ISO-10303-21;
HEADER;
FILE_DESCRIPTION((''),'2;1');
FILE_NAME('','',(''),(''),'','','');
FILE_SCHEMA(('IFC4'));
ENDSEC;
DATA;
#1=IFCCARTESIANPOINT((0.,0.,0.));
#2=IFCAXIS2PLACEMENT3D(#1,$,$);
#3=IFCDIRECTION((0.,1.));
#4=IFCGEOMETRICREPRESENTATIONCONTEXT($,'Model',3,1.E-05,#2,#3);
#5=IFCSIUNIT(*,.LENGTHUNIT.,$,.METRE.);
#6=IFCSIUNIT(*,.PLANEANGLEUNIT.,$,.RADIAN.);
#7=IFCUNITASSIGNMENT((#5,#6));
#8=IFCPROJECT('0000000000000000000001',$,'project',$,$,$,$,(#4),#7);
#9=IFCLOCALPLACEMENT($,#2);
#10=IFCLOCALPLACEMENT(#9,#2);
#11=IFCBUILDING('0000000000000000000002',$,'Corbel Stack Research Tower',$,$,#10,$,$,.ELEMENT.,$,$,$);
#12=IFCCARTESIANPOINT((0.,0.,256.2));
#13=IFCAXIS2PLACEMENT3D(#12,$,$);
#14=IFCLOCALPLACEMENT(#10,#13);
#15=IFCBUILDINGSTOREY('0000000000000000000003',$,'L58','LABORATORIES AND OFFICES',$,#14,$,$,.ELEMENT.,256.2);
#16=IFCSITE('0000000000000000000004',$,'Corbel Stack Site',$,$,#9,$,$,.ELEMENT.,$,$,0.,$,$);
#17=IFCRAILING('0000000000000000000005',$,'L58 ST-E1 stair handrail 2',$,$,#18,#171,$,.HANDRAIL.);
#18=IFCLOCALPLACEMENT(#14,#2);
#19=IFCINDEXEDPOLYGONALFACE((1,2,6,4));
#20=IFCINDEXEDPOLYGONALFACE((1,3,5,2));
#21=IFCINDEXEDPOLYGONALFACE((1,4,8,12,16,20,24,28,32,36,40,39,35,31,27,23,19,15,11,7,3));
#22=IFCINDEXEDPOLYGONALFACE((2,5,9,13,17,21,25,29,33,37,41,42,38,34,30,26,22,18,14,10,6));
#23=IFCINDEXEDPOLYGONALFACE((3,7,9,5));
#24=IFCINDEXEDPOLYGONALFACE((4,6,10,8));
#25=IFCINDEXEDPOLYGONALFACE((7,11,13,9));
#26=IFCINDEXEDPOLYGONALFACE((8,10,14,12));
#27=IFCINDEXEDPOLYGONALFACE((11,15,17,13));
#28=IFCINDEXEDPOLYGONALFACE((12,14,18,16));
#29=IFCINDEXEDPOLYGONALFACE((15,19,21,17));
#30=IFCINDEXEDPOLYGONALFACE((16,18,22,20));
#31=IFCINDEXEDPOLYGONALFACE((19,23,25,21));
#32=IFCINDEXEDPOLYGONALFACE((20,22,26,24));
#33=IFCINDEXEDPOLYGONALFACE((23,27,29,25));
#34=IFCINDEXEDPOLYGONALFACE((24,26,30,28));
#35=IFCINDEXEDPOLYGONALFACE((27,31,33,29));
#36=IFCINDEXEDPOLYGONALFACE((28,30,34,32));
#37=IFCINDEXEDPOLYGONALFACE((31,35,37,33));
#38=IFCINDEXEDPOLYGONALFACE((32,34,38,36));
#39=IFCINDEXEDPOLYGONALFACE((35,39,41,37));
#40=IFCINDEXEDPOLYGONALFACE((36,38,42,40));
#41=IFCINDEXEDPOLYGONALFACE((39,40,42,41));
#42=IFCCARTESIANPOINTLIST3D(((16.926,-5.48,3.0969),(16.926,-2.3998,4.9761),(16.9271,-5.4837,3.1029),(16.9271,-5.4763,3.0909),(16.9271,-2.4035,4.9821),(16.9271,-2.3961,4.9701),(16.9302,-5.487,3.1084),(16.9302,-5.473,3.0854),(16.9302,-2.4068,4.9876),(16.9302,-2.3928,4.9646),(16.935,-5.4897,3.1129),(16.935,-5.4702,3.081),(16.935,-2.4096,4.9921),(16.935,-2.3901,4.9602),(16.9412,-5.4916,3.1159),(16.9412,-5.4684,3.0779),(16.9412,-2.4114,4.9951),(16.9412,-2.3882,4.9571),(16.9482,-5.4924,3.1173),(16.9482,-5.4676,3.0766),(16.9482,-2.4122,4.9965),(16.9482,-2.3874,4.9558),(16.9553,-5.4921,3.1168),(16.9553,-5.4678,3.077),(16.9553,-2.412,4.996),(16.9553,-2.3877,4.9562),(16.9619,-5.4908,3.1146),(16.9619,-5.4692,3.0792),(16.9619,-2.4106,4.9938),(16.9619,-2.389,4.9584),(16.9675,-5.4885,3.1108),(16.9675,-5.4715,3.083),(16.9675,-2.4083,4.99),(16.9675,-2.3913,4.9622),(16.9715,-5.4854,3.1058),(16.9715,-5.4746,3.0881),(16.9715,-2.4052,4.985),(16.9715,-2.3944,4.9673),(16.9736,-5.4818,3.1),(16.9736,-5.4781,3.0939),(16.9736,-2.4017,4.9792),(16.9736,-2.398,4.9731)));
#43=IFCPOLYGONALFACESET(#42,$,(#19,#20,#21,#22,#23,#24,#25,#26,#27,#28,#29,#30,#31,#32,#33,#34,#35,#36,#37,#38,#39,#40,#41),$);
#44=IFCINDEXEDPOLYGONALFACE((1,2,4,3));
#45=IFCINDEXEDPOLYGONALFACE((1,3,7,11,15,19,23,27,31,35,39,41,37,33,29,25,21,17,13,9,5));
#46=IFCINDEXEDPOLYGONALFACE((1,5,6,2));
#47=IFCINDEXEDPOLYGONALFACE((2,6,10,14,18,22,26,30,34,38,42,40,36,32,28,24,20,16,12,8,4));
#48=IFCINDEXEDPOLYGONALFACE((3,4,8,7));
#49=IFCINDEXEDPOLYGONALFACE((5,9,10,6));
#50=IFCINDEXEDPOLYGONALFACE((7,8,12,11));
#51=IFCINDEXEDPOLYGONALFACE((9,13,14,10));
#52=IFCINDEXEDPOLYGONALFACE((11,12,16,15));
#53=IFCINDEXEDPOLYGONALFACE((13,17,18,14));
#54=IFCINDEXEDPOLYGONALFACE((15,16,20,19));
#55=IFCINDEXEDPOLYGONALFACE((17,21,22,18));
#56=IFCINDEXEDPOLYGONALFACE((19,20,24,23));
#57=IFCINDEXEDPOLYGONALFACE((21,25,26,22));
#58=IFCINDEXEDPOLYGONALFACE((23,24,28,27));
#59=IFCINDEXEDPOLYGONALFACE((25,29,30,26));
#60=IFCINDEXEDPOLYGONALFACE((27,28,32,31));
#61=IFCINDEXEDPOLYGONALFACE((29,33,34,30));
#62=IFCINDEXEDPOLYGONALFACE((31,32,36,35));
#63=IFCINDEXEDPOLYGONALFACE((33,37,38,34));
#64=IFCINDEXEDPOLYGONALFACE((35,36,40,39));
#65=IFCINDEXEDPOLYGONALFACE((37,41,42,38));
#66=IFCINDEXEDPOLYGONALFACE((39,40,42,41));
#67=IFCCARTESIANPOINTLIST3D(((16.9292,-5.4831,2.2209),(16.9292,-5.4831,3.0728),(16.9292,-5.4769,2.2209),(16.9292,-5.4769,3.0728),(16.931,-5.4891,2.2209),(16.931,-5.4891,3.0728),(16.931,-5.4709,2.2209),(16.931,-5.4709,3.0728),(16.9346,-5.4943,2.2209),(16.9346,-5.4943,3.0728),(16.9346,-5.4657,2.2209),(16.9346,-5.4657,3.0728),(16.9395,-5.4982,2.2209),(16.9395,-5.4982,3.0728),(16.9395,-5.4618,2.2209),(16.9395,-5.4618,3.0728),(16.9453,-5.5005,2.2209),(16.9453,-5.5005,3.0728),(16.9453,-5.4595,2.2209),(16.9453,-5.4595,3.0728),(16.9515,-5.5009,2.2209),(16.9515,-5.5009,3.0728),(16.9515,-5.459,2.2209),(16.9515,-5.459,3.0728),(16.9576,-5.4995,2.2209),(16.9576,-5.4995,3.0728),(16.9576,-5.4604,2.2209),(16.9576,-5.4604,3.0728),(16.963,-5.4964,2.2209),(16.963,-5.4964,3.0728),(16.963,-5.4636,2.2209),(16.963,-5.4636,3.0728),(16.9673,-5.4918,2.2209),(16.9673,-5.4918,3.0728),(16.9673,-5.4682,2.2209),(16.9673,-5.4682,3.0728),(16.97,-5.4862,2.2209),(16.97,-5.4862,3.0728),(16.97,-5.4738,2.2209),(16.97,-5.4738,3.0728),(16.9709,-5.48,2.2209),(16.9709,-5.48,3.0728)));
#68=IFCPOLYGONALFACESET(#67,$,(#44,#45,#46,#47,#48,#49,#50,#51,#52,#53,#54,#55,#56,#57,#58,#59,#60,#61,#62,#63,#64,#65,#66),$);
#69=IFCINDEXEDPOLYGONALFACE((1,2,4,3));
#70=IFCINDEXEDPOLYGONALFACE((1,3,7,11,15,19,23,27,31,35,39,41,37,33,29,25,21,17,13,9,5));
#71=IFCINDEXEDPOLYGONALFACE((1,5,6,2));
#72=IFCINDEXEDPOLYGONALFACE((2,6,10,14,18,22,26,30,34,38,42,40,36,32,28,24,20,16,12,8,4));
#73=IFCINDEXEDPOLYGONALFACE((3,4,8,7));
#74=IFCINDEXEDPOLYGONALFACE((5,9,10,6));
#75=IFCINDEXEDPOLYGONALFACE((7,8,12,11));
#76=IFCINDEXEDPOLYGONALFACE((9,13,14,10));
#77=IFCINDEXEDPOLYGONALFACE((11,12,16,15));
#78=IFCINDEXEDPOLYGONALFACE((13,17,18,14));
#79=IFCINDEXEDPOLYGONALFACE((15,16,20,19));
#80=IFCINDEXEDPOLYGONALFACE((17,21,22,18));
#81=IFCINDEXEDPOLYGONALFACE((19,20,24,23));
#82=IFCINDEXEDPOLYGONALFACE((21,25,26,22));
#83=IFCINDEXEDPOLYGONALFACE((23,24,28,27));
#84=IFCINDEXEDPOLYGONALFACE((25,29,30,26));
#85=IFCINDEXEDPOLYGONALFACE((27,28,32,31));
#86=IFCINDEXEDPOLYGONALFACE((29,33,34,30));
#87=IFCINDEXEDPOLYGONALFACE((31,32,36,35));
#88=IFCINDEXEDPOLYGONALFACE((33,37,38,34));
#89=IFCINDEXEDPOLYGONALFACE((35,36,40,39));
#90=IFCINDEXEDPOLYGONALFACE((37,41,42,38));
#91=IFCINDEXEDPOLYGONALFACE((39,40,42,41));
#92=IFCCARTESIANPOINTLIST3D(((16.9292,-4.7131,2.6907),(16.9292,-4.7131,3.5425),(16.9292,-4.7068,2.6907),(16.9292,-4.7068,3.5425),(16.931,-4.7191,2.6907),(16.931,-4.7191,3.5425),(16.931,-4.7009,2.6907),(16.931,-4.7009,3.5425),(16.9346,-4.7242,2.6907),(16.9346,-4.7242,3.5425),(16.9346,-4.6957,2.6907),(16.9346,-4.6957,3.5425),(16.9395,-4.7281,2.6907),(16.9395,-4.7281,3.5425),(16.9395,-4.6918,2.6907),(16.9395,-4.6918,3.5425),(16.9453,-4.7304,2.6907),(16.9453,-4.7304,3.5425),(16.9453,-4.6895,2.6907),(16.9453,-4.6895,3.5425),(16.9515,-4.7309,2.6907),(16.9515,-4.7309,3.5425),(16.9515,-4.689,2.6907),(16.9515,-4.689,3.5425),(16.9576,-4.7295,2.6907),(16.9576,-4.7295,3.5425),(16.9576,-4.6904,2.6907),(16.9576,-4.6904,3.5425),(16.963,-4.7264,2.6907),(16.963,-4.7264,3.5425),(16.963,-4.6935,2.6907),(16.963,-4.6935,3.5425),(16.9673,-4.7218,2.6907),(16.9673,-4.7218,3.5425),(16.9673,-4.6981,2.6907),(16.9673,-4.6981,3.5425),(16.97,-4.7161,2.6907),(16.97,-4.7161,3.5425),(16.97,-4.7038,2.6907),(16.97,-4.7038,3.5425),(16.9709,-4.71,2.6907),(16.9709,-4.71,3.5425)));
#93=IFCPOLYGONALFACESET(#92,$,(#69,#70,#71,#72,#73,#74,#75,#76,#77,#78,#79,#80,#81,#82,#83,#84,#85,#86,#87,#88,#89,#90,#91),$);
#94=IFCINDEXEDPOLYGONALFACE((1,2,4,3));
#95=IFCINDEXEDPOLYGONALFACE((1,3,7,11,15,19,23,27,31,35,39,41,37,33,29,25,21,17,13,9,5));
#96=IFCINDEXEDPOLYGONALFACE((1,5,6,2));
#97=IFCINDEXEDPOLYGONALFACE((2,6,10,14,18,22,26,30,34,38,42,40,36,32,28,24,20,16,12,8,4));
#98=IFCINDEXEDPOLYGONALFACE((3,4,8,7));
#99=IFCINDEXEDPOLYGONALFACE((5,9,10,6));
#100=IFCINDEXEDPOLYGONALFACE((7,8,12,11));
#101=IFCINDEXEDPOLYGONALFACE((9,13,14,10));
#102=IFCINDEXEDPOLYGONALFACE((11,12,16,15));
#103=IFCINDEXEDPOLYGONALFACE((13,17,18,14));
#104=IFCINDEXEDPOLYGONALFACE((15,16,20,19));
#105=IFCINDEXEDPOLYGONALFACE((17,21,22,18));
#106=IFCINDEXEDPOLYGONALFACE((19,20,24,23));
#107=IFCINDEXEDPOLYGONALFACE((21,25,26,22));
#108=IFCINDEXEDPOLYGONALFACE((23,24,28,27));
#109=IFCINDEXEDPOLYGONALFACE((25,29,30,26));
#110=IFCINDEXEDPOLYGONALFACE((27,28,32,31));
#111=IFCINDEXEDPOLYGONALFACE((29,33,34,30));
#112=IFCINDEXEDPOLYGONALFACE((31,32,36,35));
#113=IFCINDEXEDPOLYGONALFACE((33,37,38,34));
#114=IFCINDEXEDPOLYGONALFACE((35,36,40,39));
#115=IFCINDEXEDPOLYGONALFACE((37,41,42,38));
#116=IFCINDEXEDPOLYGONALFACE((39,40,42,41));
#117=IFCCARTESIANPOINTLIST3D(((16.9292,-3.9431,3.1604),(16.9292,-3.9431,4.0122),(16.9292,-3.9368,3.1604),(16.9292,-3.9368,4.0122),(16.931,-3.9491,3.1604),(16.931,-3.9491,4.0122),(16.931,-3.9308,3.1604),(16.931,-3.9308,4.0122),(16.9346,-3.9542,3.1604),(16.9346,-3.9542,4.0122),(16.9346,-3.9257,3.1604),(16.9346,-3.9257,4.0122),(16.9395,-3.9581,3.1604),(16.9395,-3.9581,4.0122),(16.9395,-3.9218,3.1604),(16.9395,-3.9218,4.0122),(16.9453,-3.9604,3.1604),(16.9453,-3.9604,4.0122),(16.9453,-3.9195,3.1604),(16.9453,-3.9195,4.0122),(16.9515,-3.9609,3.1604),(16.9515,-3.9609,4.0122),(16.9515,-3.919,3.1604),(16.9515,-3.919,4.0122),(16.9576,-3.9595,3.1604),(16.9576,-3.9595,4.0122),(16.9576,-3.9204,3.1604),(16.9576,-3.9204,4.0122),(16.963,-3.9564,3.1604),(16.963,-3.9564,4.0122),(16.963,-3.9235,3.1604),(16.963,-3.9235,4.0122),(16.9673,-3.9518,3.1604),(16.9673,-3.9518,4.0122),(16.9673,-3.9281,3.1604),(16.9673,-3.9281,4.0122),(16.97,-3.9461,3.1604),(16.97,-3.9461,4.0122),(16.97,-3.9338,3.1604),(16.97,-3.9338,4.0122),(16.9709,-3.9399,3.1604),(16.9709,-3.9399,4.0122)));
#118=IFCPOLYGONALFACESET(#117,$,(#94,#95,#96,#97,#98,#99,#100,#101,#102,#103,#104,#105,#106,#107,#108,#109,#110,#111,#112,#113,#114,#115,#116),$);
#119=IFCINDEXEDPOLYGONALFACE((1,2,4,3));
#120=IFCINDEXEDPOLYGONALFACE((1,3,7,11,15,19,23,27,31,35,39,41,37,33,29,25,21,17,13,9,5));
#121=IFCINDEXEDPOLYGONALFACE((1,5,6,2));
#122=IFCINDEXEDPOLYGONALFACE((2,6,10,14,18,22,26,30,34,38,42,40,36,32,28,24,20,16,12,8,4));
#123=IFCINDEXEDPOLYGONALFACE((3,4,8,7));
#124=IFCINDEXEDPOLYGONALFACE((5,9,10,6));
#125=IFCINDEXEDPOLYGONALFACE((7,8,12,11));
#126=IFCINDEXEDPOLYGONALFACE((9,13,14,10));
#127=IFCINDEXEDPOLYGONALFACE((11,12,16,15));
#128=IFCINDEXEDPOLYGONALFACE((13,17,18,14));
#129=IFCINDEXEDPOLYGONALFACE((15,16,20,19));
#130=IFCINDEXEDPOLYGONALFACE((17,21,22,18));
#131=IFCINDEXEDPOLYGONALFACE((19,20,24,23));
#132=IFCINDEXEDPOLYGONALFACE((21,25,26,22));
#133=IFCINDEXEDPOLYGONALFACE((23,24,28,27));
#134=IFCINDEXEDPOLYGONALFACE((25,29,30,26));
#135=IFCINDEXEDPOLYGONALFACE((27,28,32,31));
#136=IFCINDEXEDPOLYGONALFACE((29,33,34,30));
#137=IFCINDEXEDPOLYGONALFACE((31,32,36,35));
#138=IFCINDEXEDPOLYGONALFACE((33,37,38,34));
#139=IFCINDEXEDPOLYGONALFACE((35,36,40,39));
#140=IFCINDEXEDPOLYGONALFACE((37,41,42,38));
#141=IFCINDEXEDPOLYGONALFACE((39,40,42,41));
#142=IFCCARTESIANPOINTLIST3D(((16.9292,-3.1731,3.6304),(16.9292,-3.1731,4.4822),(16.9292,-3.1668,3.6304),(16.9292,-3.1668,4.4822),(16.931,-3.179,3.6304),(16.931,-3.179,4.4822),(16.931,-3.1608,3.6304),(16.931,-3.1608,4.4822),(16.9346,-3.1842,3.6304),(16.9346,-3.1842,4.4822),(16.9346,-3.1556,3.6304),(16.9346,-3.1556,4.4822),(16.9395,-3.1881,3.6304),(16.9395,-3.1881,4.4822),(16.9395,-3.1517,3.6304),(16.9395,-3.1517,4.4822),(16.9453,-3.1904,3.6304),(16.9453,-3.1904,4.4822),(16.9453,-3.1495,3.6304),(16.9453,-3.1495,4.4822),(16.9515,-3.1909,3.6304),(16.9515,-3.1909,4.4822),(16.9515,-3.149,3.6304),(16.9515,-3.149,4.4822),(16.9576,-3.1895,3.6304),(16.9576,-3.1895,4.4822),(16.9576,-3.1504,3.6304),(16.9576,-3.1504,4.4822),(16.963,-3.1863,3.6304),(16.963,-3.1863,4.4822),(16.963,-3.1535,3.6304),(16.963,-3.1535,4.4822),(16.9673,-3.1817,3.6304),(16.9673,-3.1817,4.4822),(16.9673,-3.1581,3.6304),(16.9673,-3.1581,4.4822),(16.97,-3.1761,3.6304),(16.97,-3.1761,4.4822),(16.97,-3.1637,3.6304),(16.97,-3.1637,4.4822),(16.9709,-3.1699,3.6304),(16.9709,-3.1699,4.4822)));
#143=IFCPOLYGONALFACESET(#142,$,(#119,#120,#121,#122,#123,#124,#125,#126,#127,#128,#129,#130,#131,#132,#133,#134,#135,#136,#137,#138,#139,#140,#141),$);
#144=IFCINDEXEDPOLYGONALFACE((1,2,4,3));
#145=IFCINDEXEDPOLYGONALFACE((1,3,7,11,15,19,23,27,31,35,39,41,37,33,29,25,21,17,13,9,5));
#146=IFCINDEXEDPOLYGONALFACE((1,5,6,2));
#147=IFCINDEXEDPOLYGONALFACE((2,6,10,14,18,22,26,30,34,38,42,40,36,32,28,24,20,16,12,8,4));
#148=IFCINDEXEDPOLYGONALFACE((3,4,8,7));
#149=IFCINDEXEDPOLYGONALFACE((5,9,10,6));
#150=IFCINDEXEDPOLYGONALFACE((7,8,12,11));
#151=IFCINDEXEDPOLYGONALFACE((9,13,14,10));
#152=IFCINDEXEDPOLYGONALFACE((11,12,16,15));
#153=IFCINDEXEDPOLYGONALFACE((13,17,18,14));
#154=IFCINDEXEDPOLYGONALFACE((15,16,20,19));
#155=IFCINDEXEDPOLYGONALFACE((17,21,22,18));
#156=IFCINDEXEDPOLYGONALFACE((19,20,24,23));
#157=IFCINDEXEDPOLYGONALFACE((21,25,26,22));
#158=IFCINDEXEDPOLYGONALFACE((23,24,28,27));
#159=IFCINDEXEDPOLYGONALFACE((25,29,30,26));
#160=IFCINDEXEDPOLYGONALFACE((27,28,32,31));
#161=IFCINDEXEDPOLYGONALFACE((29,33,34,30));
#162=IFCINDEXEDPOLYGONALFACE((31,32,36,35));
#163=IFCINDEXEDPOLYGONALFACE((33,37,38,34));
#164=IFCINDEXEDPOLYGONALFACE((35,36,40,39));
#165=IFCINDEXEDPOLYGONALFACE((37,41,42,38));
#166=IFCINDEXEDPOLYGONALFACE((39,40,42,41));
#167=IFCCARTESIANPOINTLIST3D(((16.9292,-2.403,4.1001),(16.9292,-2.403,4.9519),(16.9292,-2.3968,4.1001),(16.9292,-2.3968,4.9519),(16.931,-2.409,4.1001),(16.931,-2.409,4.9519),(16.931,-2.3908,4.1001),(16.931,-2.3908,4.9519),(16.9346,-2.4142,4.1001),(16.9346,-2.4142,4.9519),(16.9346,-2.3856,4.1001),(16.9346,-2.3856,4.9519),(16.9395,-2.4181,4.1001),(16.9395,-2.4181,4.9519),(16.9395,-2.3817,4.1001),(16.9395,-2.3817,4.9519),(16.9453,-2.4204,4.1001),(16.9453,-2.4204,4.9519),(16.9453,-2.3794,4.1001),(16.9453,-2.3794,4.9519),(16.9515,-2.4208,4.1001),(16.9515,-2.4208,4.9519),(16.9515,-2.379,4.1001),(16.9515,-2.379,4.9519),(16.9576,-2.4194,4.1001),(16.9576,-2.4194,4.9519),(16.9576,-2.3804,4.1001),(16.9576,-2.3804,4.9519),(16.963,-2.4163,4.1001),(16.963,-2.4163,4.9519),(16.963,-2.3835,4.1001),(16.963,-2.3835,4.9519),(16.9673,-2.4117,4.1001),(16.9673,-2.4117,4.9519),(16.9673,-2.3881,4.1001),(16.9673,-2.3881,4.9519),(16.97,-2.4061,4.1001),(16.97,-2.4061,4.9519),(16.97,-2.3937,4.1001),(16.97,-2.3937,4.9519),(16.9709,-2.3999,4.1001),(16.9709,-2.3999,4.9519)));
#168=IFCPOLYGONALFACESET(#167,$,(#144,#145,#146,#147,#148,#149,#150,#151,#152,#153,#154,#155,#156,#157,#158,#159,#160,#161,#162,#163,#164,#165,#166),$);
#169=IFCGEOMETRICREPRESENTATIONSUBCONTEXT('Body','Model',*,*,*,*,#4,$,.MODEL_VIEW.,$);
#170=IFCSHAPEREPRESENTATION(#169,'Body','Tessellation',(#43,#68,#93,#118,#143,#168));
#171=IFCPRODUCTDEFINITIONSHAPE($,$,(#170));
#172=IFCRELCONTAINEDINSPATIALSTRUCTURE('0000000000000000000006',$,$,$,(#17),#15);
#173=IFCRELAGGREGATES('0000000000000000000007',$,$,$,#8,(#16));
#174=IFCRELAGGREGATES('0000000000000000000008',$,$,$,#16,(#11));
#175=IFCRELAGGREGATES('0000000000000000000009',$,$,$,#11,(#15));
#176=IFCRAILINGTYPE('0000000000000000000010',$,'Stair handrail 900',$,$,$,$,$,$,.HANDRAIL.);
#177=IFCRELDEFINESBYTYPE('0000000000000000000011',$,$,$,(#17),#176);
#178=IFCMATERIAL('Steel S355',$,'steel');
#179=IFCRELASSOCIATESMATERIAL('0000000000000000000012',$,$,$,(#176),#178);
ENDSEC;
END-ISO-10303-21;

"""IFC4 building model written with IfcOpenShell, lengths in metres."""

from ifc_helpers import new_model, si_unit, direction, frame, origin, origin_2d, place, context, subcontext, project, spatial, circle, extrude, material, type_object, element, save


model = new_model("IFC4")

# Units and contexts
model_context = context("Model", 3, precision=1e-05, world=origin(), true_north=direction((0.0, 1.0)))
body_context = subcontext(model_context, "Body", "Model", "MODEL_VIEW")
ifc_project = project(units=[si_unit("LENGTHUNIT", "METRE"), si_unit("PLANEANGLEUNIT", "RADIAN")], contexts=[model_context])

# Site, building, storey
site_placement = place(None, origin())
site = spatial("IfcSite", under=ifc_project, at=site_placement, Name="Corbel Stack Site", CompositionType="ELEMENT", RefElevation=0.0)
building_placement = place(site_placement, origin())
building = spatial("IfcBuilding", under=site, at=building_placement, Name="Corbel Stack Research Tower", CompositionType="ELEMENT")
storey_placement = place(building_placement, frame((0.0, 0.0, 256.2)))
storey = spatial("IfcBuildingStorey", under=building, at=storey_placement, Name="L58", Description="LABORATORIES AND OFFICES", CompositionType="ELEMENT", Elevation=256.2)

# Railing
ifc_material_1 = material(Name="Steel S355", Category="steel")
railing_type_1 = type_object("IfcRailingType", Name="Stair handrail 900", PredefinedType="HANDRAIL", material=ifc_material_1)
railing_1_placement = place(storey_placement, frame((16.95, -5.48, 2.2209)))
element("IfcRailing", 1, at=railing_1_placement, inside=storey, type_object=railing_type_1, Name="L58 ST-E1 stair handrail 2", PredefinedType="HANDRAIL", context=body_context, shape_type="SweptSolid", body=[
    extrude(circle(Radius=0.0239, at=origin_2d()), frame((0.0, 0.0, 0.876), z_axis=(0.0, 0.853666, 0.52082), x_axis=(-1.0, 0.0, 0.0)), (0.0, 0.0, 1.0), 3.6082),
    extrude(circle(Radius=0.021, at=origin_2d()), origin(), (0.0, 0.0, 1.0), 0.8518),
    extrude(circle(Radius=0.021, at=origin_2d()), frame((0.0, 0.77, 0.4697)), (0.0, 0.0, 1.0), 0.8518),
    extrude(circle(Radius=0.021, at=origin_2d()), frame((0.0, 1.54, 0.9395)), (0.0, 0.0, 1.0), 0.8518),
    extrude(circle(Radius=0.021, at=origin_2d()), frame((0.0, 2.3101, 1.4094)), (0.0, 0.0, 1.0), 0.8518),
    extrude(circle(Radius=0.021, at=origin_2d()), frame((0.0, 3.0801, 1.8792)), (0.0, 0.0, 1.0), 0.8518),
])

save(model, "model.ifc")
